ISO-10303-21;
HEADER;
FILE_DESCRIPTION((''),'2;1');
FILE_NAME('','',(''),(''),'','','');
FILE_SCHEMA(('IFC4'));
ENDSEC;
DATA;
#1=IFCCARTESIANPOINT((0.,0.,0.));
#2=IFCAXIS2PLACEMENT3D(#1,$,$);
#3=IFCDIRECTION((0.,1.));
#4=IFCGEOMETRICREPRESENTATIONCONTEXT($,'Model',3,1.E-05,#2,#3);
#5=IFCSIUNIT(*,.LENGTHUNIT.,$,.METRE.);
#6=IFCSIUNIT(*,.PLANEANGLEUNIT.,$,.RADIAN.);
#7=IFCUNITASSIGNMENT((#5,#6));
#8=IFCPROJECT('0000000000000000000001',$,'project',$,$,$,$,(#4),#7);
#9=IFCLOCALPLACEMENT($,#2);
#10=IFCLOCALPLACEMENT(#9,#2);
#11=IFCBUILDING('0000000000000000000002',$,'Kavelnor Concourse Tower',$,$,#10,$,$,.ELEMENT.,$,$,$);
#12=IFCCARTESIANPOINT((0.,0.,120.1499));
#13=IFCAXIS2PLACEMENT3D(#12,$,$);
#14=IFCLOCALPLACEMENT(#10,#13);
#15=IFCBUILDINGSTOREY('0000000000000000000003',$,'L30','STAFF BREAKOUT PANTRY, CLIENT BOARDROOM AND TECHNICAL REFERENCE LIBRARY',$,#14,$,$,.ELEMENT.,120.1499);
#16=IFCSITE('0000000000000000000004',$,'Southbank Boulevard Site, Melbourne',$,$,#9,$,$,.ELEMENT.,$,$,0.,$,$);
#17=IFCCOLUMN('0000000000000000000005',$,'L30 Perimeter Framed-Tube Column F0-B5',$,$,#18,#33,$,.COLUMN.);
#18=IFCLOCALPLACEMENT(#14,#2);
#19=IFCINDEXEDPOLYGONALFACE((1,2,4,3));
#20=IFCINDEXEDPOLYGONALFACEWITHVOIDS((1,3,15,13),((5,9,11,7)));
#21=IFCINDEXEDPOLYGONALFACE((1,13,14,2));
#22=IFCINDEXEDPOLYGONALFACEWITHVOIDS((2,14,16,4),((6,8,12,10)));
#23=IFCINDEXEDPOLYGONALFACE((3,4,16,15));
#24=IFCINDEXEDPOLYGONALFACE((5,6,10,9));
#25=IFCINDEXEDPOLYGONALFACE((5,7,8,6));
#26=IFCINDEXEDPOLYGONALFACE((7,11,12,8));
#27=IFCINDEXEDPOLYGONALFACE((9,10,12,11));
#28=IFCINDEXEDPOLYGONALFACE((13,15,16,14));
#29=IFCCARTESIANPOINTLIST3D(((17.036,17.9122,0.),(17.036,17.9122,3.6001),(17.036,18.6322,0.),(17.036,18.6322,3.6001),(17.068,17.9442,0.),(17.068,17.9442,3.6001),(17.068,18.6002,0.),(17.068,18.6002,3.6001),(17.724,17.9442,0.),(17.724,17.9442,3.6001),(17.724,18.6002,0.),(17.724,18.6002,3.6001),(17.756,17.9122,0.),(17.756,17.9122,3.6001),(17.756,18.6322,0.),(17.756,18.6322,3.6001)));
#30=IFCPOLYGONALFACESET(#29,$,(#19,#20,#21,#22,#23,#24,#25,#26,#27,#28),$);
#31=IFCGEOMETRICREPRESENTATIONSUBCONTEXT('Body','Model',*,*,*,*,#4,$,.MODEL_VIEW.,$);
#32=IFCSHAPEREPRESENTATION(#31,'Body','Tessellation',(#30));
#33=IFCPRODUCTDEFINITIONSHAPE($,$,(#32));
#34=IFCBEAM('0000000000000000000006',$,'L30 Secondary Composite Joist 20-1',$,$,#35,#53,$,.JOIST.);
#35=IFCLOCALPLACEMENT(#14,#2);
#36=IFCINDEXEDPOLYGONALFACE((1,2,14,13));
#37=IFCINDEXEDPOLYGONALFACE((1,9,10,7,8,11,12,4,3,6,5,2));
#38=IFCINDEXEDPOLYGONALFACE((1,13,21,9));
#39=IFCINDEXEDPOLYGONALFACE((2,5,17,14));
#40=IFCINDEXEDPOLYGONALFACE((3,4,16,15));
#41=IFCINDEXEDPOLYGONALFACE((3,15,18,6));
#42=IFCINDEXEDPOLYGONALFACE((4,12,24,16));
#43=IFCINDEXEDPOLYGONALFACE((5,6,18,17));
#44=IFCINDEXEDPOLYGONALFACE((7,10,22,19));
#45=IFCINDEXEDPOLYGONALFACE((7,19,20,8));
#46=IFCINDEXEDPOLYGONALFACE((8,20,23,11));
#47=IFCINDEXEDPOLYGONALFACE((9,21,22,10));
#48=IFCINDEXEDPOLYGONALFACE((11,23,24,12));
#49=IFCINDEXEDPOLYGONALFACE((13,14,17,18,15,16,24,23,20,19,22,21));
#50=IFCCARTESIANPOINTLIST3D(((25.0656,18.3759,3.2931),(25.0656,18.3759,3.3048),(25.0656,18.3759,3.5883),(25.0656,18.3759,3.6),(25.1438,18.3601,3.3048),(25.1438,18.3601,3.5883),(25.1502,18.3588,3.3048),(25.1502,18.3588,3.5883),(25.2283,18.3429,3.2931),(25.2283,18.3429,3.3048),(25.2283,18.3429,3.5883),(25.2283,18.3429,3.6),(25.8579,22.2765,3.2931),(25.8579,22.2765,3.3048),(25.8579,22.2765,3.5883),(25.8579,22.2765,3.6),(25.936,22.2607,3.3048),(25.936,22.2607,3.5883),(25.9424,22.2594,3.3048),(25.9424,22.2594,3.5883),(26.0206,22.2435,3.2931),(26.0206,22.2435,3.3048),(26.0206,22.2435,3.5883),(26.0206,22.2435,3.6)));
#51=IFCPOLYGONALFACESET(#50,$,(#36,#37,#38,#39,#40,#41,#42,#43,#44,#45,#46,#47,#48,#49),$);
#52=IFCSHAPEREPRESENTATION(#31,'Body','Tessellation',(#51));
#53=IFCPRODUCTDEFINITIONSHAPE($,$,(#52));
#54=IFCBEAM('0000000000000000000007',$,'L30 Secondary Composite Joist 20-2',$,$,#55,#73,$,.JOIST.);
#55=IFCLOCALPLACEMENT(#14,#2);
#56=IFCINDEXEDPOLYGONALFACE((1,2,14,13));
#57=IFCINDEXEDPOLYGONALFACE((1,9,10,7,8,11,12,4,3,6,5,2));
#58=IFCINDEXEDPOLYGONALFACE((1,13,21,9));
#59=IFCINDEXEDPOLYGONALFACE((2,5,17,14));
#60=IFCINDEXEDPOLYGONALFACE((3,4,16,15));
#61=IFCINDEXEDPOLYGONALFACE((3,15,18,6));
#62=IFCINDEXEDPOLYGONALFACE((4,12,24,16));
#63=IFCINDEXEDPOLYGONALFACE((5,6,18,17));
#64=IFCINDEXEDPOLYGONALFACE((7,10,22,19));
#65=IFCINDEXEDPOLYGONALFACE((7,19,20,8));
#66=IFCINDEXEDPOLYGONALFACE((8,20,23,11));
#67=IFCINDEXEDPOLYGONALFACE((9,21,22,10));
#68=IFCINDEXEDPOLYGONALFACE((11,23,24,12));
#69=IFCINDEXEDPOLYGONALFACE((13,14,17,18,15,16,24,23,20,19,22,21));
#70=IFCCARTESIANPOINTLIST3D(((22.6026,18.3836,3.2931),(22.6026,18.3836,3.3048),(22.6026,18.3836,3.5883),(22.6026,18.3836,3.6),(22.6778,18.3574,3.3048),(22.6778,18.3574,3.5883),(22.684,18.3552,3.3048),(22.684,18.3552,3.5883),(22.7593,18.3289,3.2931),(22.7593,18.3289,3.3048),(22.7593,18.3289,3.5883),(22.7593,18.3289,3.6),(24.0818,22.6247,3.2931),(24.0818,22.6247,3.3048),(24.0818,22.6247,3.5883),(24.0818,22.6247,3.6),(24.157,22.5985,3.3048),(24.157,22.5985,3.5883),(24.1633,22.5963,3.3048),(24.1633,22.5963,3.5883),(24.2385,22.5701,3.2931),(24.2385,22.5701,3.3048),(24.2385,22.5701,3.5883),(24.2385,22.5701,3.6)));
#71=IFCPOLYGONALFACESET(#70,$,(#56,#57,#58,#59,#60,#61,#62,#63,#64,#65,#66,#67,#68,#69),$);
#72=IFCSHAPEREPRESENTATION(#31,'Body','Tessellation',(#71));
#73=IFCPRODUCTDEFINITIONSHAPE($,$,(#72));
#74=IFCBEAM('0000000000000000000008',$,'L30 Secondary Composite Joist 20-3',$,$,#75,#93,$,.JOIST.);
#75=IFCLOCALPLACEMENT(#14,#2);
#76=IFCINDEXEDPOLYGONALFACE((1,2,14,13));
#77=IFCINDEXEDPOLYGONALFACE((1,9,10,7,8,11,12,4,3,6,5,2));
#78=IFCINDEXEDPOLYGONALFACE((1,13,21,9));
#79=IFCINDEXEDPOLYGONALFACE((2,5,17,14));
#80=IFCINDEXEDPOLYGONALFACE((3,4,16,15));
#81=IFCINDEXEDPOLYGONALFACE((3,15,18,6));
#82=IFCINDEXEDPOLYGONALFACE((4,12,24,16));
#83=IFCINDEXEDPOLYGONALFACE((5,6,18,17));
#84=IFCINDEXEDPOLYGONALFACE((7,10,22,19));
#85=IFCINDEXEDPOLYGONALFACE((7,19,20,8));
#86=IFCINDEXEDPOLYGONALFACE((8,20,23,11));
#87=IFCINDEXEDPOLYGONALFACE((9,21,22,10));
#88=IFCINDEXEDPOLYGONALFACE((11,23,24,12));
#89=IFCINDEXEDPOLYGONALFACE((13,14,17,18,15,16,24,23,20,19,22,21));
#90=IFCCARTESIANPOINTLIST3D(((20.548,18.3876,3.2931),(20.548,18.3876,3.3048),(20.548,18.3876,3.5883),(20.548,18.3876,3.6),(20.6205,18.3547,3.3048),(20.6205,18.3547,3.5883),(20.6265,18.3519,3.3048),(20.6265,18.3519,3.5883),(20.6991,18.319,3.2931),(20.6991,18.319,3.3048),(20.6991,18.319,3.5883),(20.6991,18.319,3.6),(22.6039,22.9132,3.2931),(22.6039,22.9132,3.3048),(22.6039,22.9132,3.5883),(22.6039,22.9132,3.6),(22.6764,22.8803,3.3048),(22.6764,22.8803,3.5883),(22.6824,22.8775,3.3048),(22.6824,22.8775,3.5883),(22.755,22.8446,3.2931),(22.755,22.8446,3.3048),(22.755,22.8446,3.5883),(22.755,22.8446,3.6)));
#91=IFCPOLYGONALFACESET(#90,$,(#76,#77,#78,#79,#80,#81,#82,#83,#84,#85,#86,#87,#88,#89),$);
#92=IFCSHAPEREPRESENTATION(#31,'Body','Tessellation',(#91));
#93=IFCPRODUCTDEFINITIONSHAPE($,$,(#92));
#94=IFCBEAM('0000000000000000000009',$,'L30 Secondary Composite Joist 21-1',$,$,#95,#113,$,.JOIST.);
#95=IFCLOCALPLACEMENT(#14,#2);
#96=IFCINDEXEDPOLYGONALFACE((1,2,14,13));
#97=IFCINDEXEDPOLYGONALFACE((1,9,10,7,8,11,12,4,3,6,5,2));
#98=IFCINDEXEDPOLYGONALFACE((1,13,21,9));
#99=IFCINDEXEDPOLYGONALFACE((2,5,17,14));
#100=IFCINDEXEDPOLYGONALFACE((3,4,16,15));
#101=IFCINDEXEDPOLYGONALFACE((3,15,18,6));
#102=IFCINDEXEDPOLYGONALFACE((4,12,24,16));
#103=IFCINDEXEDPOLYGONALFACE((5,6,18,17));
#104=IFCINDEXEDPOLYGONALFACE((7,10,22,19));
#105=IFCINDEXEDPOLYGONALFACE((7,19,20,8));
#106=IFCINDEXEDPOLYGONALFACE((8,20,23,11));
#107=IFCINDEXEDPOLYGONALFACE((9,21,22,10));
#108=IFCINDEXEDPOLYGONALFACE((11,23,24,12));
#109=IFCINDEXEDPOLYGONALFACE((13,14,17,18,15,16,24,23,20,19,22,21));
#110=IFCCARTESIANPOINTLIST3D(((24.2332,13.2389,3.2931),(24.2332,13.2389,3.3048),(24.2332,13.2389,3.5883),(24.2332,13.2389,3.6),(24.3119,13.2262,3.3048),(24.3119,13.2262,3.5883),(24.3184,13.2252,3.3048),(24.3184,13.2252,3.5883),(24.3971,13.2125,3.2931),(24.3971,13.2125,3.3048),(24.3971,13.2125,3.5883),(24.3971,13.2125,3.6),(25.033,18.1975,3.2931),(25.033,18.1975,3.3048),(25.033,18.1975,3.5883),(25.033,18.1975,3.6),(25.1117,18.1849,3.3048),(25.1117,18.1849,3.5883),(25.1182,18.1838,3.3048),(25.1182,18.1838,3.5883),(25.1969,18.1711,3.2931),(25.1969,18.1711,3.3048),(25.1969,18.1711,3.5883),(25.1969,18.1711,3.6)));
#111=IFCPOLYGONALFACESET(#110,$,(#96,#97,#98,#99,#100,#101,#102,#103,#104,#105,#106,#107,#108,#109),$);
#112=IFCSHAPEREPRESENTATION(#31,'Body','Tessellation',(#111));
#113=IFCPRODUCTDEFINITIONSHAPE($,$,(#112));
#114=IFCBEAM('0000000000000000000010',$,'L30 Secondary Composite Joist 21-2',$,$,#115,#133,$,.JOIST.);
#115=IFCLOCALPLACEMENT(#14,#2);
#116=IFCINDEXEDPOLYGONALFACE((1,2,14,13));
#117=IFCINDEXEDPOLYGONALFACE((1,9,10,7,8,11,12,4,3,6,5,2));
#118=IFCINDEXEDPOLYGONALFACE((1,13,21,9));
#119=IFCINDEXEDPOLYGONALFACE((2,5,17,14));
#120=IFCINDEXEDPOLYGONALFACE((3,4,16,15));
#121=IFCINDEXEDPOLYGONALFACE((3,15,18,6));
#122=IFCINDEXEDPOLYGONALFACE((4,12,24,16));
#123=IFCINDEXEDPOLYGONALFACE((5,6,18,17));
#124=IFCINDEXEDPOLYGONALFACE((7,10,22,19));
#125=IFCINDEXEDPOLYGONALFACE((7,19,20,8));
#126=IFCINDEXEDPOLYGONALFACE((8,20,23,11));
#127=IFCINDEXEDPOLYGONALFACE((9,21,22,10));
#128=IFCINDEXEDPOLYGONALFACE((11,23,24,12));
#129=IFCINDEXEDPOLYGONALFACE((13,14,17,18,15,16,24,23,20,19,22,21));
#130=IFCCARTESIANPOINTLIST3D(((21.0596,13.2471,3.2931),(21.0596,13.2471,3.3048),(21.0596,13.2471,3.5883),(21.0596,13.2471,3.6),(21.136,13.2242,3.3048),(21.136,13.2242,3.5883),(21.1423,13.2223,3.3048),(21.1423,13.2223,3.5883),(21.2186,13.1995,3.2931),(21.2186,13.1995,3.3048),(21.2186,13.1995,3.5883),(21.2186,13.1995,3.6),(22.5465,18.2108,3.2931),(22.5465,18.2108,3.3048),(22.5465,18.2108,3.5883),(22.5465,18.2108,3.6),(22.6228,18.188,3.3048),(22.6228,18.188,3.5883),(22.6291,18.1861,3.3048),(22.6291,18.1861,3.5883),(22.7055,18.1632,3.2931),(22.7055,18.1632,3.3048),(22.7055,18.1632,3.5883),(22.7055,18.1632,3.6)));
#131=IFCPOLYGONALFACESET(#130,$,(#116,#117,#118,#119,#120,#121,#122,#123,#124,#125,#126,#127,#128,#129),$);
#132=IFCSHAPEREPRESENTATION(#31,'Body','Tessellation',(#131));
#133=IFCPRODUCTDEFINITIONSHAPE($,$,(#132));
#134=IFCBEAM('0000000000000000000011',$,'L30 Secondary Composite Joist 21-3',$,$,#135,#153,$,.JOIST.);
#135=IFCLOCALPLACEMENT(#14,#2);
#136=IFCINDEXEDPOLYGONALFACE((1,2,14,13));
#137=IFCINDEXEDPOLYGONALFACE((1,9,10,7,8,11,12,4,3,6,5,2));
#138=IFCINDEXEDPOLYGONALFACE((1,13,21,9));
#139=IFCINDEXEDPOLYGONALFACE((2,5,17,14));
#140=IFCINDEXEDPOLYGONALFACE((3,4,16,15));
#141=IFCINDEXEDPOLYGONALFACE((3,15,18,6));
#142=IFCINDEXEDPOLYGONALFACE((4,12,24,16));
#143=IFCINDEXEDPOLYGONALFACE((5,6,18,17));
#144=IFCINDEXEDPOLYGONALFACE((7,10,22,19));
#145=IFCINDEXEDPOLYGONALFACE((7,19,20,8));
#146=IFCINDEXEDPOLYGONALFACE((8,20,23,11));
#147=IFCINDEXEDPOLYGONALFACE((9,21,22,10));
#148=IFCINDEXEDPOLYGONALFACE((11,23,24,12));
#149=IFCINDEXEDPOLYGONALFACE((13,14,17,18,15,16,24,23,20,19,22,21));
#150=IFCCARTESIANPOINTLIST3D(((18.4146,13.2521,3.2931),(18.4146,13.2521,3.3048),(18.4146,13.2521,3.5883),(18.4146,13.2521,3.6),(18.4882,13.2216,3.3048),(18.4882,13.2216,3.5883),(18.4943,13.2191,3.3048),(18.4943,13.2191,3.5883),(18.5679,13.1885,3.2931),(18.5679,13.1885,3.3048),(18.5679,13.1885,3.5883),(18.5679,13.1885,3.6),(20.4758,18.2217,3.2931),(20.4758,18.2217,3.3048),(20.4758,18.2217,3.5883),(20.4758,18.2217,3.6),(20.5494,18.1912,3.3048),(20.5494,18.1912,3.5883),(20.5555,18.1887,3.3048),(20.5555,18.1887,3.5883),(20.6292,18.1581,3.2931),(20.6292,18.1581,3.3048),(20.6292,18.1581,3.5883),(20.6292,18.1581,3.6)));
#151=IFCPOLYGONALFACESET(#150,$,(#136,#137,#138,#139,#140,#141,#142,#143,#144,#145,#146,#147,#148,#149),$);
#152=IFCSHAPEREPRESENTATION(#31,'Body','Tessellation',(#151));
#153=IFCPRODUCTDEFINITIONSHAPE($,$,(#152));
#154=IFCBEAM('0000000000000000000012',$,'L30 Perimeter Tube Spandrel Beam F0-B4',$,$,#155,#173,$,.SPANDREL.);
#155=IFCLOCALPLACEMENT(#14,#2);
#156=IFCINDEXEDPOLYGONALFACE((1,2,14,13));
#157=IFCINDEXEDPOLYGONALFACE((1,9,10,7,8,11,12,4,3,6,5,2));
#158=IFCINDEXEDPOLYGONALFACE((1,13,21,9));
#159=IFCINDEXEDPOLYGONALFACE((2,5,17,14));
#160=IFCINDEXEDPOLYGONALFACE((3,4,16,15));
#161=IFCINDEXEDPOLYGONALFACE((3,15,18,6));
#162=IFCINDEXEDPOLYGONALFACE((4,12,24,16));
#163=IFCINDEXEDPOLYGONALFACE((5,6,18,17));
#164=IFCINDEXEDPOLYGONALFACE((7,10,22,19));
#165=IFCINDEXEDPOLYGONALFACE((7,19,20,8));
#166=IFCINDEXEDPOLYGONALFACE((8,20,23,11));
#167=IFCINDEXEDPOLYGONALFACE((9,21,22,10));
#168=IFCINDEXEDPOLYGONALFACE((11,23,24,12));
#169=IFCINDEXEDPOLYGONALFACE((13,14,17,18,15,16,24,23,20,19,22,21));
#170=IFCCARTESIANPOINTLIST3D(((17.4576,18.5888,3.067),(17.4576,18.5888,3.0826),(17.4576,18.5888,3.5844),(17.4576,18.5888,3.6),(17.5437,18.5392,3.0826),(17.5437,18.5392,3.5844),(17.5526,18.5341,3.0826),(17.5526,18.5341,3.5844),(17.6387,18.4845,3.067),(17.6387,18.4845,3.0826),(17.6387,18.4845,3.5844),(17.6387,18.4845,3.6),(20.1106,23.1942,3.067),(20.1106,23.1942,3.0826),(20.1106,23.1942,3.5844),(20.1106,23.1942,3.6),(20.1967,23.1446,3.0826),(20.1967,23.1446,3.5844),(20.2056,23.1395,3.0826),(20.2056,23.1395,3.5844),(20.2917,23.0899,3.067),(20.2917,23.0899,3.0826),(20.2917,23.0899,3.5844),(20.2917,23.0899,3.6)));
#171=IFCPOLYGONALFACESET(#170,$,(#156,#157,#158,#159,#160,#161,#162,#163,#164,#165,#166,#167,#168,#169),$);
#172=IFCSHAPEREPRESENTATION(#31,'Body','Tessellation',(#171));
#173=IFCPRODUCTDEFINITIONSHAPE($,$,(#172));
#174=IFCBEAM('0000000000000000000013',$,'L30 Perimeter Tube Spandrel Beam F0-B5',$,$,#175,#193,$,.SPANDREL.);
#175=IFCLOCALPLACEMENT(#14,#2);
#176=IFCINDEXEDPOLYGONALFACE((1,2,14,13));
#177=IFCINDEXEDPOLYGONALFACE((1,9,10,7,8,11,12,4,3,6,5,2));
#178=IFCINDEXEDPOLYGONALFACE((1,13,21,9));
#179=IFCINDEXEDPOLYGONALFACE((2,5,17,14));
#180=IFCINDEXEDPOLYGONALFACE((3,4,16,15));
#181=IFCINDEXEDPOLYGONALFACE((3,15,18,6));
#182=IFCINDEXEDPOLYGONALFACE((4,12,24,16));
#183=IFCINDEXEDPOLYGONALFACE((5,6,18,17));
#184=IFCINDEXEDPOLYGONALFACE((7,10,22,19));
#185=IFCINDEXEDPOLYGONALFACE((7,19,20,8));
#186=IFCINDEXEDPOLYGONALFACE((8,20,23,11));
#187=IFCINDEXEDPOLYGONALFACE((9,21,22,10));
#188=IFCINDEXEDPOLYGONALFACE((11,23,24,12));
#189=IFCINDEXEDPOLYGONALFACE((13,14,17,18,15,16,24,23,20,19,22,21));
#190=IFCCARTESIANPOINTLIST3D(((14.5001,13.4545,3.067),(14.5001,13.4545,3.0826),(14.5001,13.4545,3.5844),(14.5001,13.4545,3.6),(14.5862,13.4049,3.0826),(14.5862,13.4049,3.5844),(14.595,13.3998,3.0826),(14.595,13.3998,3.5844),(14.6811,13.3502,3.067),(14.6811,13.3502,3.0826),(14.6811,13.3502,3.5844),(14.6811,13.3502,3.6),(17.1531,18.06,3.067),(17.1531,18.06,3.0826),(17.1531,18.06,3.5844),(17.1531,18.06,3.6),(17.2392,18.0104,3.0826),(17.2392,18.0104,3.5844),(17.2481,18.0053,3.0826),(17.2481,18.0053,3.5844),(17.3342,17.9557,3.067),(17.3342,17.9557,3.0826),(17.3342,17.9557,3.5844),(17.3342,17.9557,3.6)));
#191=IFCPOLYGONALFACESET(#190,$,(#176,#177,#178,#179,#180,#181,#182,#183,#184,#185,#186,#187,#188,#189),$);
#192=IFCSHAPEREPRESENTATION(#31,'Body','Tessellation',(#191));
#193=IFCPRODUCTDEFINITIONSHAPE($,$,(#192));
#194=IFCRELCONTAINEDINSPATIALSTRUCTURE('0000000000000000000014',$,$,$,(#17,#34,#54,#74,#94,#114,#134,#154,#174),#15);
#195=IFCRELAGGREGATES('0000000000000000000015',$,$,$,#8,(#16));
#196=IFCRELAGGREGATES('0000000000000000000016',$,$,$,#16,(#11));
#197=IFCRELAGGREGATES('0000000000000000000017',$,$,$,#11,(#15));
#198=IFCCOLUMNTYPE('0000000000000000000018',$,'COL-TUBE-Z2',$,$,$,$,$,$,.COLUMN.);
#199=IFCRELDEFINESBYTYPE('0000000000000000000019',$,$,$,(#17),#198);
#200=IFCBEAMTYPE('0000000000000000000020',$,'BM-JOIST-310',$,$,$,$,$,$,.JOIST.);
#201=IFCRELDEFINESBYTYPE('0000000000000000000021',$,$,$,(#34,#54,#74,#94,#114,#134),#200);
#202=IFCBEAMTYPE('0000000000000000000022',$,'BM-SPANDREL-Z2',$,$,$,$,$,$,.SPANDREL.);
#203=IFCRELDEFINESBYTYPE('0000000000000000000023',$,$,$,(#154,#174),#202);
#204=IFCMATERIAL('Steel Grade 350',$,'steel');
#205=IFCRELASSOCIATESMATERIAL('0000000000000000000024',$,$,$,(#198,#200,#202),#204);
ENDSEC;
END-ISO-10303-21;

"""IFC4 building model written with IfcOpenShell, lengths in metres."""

from ifc_helpers import new_model, si_unit, direction, frame, origin, origin_2d, place, context, subcontext, project, spatial, hollow_rectangle, i_section, extrude, material, material_profile, profile_set, type_object, element, save


model = new_model("IFC4")

# Units and contexts
model_context = context("Model", 3, precision=1e-05, world=origin(), true_north=direction((0.0, 1.0)))
body_context = subcontext(model_context, "Body", "Model", "MODEL_VIEW")
ifc_project = project(units=[si_unit("LENGTHUNIT", "METRE"), si_unit("PLANEANGLEUNIT", "RADIAN")], contexts=[model_context])

# Site, building, storey
site_placement = place(None, origin())
site = spatial("IfcSite", under=ifc_project, at=site_placement, Name="Southbank Boulevard Site, Melbourne", CompositionType="ELEMENT", RefElevation=0.0)
building_placement = place(site_placement, origin())
building = spatial("IfcBuilding", under=site, at=building_placement, Name="Kavelnor Concourse Tower", CompositionType="ELEMENT")
storey_placement = place(building_placement, frame((0.0, 0.0, 120.1499)))
storey = spatial("IfcBuildingStorey", under=building, at=storey_placement, Name="L30", Description="STAFF BREAKOUT PANTRY, CLIENT BOARDROOM AND TECHNICAL REFERENCE LIBRARY", CompositionType="ELEMENT", Elevation=120.1499)

# Column
ifc_material_1 = material(Name="Steel Grade 350", Category="steel")
ifc_material_profile_1 = material_profile(ifc_material_1, hollow_rectangle(XDim=0.72, YDim=0.72, WallThickness=0.032, at=origin_2d()), Name="SHS 720x720x32")
ifc_profile_set_1 = profile_set([ifc_material_profile_1], Name="Steel Grade 350")
column_type = type_object("IfcColumnType", Name="COL-TUBE-Z2", PredefinedType="COLUMN", material=ifc_profile_set_1)
column_placement = place(storey_placement, frame((17.396, 18.2722, 0.0), z_axis=(0.0, 0.0, 1.0), x_axis=(1.0, 0.0, 0.0)))
element("IfcColumn", 1, at=column_placement, inside=storey, type_object=column_type, Name="L30 Perimeter Framed-Tube Column F0-B5", PredefinedType="COLUMN", context=body_context, shape_type="SweptSolid", body=[
    extrude(hollow_rectangle(XDim=0.72, YDim=0.72, WallThickness=0.032, at=origin_2d()), origin(), (0.0, 0.0, 1.0), 3.6001),
])

# Beams
ifc_material_profile_2 = material_profile(ifc_material_1, i_section(OverallWidth=0.166, OverallDepth=0.3069, WebThickness=0.0066, FlangeThickness=0.0117, at=origin_2d()), Name="310UB46")
ifc_profile_set_2 = profile_set([ifc_material_profile_2], Name="Steel Grade 350")
beam_type_1 = type_object("IfcBeamType", Name="BM-JOIST-310", PredefinedType="JOIST", material=ifc_profile_set_2)
beam_1_placement = place(storey_placement, frame((25.9392, 22.26, 3.4465), z_axis=(-0.199041, -0.979991, 0.0), x_axis=(0.979991, -0.199041, 0.0)))
element("IfcBeam", 2, at=beam_1_placement, inside=storey, type_object=beam_type_1, Name="L30 Secondary Composite Joist 20-1", PredefinedType="JOIST", context=body_context, shape_type="SweptSolid", body=[
    extrude(i_section(OverallWidth=0.166, OverallDepth=0.3069, WebThickness=0.0066, FlangeThickness=0.0117, at=origin_2d()), origin(), (0.0, 0.0, 1.0), 3.9802),
])
beam_2_placement = place(storey_placement, frame((24.1602, 22.5974, 3.4465), z_axis=(-0.329324, -0.944217, 0.0), x_axis=(0.944217, -0.329324, 0.0)))
element("IfcBeam", 3, at=beam_2_placement, inside=storey, type_object=beam_type_1, Name="L30 Secondary Composite Joist 20-2", PredefinedType="JOIST", context=body_context, shape_type="SweptSolid", body=[
    extrude(i_section(OverallWidth=0.166, OverallDepth=0.3069, WebThickness=0.0066, FlangeThickness=0.0117, at=origin_2d()), origin(), (0.0, 0.0, 1.0), 4.4917),
])
beam_3_placement = place(storey_placement, frame((22.6794, 22.8789, 3.4465), z_axis=(-0.413603, -0.910457, 0.0), x_axis=(0.910457, -0.413603, 0.0)))
element("IfcBeam", 4, at=beam_3_placement, inside=storey, type_object=beam_type_1, Name="L30 Secondary Composite Joist 20-3", PredefinedType="JOIST", context=body_context, shape_type="SweptSolid", body=[
    extrude(i_section(OverallWidth=0.166, OverallDepth=0.3069, WebThickness=0.0066, FlangeThickness=0.0117, at=origin_2d()), origin(), (0.0, 0.0, 1.0), 4.9707),
])
beam_4_placement = place(storey_placement, frame((25.115, 18.1843, 3.4465), z_axis=(-0.159242, -0.98724, 0.0), x_axis=(0.98724, -0.159242, 0.0)))
element("IfcBeam", 5, at=beam_4_placement, inside=storey, type_object=beam_type_1, Name="L30 Secondary Composite Joist 21-1", PredefinedType="JOIST", context=body_context, shape_type="SweptSolid", body=[
    extrude(i_section(OverallWidth=0.166, OverallDepth=0.3069, WebThickness=0.0066, FlangeThickness=0.0117, at=origin_2d()), origin(), (0.0, 0.0, 1.0), 5.0227),
])
beam_5_placement = place(storey_placement, frame((22.626, 18.187, 3.4465), z_axis=(-0.286946, -0.957947, 0.0), x_axis=(0.957947, -0.286946, 0.0)))
element("IfcBeam", 6, at=beam_5_placement, inside=storey, type_object=beam_type_1, Name="L30 Secondary Composite Joist 21-2", PredefinedType="JOIST", context=body_context, shape_type="SweptSolid", body=[
    extrude(i_section(OverallWidth=0.166, OverallDepth=0.3069, WebThickness=0.0066, FlangeThickness=0.0117, at=origin_2d()), origin(), (0.0, 0.0, 1.0), 5.1816),
])
beam_6_placement = place(storey_placement, frame((20.5525, 18.1899, 3.4465), z_axis=(-0.38312, -0.923699, 0.0), x_axis=(0.923699, -0.38312, 0.0)))
element("IfcBeam", 7, at=beam_6_placement, inside=storey, type_object=beam_type_1, Name="L30 Secondary Composite Joist 21-3", PredefinedType="JOIST", context=body_context, shape_type="SweptSolid", body=[
    extrude(i_section(OverallWidth=0.166, OverallDepth=0.3069, WebThickness=0.0066, FlangeThickness=0.0117, at=origin_2d()), origin(), (0.0, 0.0, 1.0), 5.3801),
])
ifc_material_profile_3 = material_profile(ifc_material_1, i_section(OverallWidth=0.209, OverallDepth=0.533, WebThickness=0.0103, FlangeThickness=0.0156, at=origin_2d()), Name="530UB92")
ifc_profile_set_3 = profile_set([ifc_material_profile_3], Name="Steel Grade 350")
beam_type_2 = type_object("IfcBeamType", Name="BM-SPANDREL-Z2", PredefinedType="SPANDREL", material=ifc_profile_set_3)
for number, where, z_axis, x_axis, name in (
    (8, (20.2012, 23.1421, 3.3335), (-0.499168, -0.866505, 0.0), (0.866505, -0.499168, 0.0), "L30 Perimeter Tube Spandrel Beam F0-B4"),
    (9, (17.2437, 18.0078, 3.3335), (-0.499168, -0.866505, 0.0), (0.866505, -0.499168, 0.0), "L30 Perimeter Tube Spandrel Beam F0-B5"),
):
    element("IfcBeam", number, at=place(storey_placement, frame(where, z_axis=z_axis, x_axis=x_axis)), inside=storey, type_object=beam_type_2, Name=name, PredefinedType="SPANDREL", context=body_context, shape_type="SweptSolid", body=[
        extrude(i_section(OverallWidth=0.209, OverallDepth=0.533, WebThickness=0.0103, FlangeThickness=0.0156, at=origin_2d()), origin(), (0.0, 0.0, 1.0), 5.3149),
    ])

save(model, "model.ifc")
